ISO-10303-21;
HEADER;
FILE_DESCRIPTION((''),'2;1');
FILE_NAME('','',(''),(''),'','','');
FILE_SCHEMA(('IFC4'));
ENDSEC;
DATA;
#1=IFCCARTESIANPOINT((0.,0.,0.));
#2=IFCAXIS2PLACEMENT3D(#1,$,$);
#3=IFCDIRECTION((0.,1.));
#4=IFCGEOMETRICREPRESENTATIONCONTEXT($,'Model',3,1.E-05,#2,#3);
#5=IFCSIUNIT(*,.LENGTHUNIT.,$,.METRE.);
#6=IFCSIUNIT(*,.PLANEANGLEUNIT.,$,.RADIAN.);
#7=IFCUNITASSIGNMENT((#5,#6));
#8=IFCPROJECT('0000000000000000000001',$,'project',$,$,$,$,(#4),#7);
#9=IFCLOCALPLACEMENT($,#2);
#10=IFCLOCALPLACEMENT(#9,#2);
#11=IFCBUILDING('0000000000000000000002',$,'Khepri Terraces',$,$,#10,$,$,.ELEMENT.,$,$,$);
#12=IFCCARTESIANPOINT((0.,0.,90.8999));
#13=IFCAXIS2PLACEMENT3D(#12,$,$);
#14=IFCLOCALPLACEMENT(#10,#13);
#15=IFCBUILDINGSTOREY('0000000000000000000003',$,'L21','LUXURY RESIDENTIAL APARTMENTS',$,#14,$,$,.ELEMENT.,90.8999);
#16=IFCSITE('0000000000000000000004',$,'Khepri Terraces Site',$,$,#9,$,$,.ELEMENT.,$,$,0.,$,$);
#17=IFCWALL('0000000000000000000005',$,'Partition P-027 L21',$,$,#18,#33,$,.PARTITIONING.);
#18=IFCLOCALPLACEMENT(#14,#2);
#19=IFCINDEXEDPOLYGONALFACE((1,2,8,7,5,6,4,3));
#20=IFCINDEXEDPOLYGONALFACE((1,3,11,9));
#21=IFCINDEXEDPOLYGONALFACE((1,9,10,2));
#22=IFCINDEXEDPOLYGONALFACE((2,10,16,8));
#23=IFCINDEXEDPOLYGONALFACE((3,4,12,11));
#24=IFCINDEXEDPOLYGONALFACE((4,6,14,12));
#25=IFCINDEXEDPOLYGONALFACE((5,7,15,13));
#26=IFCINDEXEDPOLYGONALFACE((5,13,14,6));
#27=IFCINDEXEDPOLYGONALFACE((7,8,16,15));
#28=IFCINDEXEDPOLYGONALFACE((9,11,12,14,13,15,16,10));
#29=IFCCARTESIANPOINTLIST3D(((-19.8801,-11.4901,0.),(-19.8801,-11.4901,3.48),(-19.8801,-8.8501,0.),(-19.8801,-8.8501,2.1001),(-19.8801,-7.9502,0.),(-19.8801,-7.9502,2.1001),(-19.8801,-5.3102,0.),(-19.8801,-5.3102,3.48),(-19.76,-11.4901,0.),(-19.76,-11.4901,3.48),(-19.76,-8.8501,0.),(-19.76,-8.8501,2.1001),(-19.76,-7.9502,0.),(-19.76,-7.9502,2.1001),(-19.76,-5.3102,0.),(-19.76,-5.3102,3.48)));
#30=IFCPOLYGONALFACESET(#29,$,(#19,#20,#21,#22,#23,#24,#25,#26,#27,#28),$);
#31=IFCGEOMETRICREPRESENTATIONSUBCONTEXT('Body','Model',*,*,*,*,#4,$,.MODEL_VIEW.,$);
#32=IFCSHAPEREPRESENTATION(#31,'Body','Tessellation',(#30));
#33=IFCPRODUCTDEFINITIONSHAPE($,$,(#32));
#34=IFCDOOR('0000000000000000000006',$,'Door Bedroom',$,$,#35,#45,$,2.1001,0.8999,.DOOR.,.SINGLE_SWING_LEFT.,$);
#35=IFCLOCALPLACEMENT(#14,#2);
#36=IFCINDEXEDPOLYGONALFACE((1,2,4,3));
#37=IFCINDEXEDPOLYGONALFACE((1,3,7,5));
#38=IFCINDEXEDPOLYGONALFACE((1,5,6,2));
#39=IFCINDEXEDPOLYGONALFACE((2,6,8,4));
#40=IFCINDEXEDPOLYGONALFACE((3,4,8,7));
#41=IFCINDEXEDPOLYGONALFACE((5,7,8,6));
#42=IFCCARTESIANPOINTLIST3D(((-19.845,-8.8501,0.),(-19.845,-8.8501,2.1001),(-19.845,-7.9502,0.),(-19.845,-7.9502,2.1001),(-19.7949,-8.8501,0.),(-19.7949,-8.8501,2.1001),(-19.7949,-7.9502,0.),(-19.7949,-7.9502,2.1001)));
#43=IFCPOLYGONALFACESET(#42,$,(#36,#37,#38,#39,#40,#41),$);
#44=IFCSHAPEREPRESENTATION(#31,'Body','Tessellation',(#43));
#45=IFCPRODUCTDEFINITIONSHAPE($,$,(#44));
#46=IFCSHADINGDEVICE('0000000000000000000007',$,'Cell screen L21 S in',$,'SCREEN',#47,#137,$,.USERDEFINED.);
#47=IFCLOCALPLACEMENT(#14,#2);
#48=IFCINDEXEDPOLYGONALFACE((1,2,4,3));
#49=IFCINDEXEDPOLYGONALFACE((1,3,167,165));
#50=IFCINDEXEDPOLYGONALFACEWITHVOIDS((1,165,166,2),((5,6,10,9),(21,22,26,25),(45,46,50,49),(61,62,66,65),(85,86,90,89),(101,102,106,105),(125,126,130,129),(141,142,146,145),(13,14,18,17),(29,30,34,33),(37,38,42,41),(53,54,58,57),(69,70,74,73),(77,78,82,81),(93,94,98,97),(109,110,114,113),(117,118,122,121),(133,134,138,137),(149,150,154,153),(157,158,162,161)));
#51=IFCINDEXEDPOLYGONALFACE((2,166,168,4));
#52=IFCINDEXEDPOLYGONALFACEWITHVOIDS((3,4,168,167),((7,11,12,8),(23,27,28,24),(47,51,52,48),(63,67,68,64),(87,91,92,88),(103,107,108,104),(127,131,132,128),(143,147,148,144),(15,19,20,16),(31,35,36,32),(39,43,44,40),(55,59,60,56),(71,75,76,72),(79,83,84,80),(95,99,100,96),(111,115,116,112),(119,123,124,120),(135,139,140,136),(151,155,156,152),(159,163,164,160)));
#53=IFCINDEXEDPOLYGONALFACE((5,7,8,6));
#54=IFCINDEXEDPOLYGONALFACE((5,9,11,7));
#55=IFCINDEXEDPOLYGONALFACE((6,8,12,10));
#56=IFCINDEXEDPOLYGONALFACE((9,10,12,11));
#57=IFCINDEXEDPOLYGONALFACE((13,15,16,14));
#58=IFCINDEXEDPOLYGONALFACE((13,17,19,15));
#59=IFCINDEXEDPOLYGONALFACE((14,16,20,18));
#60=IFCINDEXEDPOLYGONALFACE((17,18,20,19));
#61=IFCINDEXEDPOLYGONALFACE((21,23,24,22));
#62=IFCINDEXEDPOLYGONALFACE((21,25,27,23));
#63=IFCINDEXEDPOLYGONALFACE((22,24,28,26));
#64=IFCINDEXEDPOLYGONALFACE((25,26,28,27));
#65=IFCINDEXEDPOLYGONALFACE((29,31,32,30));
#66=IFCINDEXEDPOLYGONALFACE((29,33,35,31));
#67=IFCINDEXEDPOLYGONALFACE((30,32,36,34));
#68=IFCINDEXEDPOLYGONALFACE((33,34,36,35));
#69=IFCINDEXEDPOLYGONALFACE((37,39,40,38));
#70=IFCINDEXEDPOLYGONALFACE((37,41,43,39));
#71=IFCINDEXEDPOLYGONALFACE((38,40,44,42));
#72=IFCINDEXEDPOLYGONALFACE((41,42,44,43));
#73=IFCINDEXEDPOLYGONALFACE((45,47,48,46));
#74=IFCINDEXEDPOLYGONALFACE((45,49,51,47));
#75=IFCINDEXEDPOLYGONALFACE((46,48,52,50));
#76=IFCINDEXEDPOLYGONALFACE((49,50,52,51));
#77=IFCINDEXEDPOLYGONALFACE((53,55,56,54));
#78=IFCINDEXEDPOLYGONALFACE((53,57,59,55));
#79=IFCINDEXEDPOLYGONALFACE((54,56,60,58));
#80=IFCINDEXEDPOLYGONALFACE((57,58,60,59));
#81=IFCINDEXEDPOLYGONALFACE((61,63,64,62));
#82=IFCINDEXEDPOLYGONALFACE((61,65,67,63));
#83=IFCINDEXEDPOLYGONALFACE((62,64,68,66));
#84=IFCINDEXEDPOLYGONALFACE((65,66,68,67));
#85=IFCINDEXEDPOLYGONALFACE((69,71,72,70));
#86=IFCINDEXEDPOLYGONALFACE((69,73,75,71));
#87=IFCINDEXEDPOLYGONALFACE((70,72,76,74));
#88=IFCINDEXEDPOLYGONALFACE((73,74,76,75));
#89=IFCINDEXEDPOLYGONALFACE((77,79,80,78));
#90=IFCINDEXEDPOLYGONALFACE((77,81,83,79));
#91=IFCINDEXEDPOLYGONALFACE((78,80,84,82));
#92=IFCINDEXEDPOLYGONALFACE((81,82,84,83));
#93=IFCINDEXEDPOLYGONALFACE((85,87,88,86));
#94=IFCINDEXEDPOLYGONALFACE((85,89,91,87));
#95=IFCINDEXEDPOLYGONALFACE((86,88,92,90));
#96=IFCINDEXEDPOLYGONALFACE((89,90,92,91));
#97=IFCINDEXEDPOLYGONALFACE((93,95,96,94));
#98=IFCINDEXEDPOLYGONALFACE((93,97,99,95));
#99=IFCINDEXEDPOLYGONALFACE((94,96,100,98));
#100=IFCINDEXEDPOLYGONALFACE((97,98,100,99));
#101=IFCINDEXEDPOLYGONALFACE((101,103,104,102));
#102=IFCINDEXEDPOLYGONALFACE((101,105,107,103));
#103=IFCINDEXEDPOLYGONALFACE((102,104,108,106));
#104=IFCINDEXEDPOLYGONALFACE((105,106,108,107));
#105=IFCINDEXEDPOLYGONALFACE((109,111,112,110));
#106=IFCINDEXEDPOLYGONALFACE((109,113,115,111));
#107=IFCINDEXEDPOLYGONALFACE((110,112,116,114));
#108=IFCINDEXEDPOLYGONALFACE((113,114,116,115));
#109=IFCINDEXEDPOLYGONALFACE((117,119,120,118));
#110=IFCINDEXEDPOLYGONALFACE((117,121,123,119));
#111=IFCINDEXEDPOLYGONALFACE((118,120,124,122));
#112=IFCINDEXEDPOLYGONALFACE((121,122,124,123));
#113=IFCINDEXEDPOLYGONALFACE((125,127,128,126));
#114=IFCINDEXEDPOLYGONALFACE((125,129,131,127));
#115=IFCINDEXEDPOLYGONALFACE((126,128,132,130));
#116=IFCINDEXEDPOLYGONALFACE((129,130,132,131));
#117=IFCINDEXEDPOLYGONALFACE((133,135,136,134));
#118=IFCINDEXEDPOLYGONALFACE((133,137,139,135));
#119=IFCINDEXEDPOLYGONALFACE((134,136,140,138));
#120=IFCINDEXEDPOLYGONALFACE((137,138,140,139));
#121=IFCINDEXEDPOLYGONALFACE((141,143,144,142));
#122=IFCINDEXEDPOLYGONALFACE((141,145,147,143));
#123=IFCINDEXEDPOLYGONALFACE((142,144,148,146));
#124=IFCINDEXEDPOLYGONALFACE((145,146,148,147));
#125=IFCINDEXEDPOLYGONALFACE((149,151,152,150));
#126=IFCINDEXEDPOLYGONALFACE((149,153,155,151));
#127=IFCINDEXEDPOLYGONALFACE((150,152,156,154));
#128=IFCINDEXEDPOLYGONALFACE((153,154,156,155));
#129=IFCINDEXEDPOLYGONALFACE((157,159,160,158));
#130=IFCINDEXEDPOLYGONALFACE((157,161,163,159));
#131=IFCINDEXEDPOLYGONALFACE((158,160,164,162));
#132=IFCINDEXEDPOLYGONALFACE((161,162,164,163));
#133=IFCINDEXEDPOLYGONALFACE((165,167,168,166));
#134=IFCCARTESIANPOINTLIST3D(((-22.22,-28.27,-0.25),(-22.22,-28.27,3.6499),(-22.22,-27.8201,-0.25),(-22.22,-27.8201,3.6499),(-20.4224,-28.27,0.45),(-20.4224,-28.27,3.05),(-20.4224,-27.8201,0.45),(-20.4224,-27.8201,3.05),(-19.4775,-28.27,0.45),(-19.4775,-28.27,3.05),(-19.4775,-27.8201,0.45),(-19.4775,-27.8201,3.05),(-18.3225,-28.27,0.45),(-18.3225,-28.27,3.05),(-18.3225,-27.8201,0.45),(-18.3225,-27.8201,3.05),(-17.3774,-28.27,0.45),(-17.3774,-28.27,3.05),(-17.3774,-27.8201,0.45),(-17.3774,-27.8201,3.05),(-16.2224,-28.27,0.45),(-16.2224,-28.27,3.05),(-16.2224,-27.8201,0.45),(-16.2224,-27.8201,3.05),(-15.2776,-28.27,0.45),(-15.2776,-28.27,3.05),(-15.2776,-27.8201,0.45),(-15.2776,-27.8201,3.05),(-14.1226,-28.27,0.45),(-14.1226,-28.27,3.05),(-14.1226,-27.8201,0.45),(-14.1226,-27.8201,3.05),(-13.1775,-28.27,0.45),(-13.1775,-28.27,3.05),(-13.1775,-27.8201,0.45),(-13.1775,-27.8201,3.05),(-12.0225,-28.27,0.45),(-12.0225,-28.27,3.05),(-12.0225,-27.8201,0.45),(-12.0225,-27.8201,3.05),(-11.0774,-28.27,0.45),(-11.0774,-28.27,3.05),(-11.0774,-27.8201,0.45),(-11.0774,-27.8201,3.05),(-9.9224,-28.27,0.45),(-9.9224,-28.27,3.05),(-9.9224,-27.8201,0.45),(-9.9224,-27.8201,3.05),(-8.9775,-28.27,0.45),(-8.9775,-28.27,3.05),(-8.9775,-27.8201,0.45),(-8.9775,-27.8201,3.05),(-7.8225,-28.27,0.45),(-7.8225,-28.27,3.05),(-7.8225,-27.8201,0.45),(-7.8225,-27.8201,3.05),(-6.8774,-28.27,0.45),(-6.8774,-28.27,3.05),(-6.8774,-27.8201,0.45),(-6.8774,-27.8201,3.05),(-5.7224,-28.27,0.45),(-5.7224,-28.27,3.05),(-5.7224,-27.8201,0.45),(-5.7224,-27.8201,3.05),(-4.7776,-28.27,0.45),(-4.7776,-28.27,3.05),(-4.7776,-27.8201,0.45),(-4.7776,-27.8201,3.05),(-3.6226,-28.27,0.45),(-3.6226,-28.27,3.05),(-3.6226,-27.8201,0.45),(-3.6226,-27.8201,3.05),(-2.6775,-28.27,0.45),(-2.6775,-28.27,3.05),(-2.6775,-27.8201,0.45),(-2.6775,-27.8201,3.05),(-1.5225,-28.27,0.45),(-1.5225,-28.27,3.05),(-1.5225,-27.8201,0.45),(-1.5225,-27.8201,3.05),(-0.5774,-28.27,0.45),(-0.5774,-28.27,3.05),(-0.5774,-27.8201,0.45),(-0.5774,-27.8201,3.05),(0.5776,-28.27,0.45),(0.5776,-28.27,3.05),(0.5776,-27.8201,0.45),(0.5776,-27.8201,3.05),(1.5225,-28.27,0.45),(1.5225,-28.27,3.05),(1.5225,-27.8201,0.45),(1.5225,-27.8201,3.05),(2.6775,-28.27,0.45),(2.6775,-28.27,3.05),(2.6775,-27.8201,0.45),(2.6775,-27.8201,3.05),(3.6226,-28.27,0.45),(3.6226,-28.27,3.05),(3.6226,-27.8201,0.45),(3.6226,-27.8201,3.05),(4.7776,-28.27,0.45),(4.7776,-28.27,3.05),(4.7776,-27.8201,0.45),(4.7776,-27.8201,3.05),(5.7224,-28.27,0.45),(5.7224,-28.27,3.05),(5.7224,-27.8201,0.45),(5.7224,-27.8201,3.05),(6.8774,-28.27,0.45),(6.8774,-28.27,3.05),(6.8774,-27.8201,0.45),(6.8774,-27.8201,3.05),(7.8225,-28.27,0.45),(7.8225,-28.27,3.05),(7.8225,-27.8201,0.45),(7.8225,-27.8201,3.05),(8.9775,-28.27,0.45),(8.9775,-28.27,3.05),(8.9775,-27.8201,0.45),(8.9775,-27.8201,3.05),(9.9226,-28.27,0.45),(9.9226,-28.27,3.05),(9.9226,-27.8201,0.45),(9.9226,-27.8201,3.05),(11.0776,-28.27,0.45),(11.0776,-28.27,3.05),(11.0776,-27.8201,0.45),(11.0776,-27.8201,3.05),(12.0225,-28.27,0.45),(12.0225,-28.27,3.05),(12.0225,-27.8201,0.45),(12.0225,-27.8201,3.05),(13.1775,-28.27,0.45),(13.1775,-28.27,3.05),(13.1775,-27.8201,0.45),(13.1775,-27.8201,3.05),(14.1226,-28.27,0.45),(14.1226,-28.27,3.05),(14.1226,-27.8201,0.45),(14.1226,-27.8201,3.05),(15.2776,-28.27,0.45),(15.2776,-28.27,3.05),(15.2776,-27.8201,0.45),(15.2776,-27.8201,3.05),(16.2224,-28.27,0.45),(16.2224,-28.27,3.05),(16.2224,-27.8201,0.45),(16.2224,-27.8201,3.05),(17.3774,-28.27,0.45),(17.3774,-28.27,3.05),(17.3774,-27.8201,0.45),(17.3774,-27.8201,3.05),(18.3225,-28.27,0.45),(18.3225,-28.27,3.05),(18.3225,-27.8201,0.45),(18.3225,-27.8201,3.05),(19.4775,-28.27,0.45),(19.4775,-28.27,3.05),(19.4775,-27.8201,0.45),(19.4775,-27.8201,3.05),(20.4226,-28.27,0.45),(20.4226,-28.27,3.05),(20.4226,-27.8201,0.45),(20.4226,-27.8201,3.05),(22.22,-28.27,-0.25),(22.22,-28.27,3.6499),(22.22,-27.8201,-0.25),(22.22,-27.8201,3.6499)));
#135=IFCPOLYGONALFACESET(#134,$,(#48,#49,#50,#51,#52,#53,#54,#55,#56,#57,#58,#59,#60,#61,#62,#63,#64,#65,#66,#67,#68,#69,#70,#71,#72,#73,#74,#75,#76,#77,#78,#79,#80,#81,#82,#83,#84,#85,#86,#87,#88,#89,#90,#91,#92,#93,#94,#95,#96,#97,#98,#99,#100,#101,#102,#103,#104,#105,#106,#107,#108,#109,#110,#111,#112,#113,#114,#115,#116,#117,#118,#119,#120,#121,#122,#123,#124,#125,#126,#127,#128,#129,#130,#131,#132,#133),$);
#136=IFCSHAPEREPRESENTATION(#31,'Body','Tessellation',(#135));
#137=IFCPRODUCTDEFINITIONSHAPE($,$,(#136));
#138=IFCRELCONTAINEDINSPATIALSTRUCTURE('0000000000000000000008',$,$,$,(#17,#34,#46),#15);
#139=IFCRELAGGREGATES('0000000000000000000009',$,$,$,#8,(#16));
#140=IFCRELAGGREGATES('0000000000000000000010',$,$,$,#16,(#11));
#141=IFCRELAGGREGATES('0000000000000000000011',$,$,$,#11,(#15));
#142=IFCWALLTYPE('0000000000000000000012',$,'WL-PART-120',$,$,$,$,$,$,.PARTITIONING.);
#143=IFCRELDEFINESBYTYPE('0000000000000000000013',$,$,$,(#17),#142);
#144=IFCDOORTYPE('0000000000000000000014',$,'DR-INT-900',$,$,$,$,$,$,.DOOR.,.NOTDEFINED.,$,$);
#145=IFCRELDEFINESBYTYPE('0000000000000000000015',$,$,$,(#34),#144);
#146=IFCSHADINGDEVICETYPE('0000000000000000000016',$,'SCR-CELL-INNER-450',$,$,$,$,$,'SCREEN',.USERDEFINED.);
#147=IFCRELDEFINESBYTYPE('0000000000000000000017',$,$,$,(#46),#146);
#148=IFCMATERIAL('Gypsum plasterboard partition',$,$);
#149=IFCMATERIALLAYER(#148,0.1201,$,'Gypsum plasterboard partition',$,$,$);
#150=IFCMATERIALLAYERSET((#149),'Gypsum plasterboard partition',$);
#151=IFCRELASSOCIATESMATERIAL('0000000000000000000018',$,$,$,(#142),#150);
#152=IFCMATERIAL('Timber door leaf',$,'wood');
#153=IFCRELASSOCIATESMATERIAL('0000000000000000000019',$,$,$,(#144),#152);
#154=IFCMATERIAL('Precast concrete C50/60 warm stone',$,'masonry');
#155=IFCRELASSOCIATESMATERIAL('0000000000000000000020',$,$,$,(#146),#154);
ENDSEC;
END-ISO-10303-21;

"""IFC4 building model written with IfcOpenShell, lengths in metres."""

from ifc_helpers import new_model, si_unit, direction, frame, frame_2d, origin, place, context, subcontext, project, spatial, polyline, rectangle, outline, extrude, material, layer, layer_set, type_object, element, fill, save


model = new_model("IFC4")

# Units and contexts
model_context = context("Model", 3, precision=1e-05, world=origin(), true_north=direction((0.0, 1.0)))
body_context = subcontext(model_context, "Body", "Model", "MODEL_VIEW")
ifc_project = project(units=[si_unit("LENGTHUNIT", "METRE"), si_unit("PLANEANGLEUNIT", "RADIAN")], contexts=[model_context])

# Site, building, storey
site_placement = place(None, origin())
site = spatial("IfcSite", under=ifc_project, at=site_placement, Name="Khepri Terraces Site", CompositionType="ELEMENT", RefElevation=0.0)
building_placement = place(site_placement, origin())
building = spatial("IfcBuilding", under=site, at=building_placement, Name="Khepri Terraces", CompositionType="ELEMENT")
storey_placement = place(building_placement, frame((0.0, 0.0, 90.8999)))
storey = spatial("IfcBuildingStorey", under=building, at=storey_placement, Name="L21", Description="LUXURY RESIDENTIAL APARTMENTS", CompositionType="ELEMENT", Elevation=90.8999)

# Shared definitions
ifc_material_1 = material(Name="Precast concrete C50/60 warm stone", Category="masonry")

# Shared definitions
ifc_material_2 = material(Name="Gypsum plasterboard partition")
ifc_layer_1 = layer(ifc_material_2, 0.1201, Name="Gypsum plasterboard partition")
ifc_layer_set_1 = layer_set([ifc_layer_1], Name="Gypsum plasterboard partition")
wall_type_1 = type_object("IfcWallType", Name="WL-PART-120", PredefinedType="PARTITIONING", material=ifc_layer_set_1)
ifc_material_3 = material(Name="Timber door leaf", Category="wood")
door_type_1 = type_object("IfcDoorType", Name="DR-INT-900", OperationType="NOTDEFINED", PredefinedType="DOOR", material=ifc_material_3)

# Wall, opening, door
wall_1_placement = place(storey_placement, frame((-19.8201, -11.49, 0.0), z_axis=(0.0, 0.0, 1.0), x_axis=(0.0, 1.0, 0.0)))
wall_1 = element("IfcWall", 1, at=wall_1_placement, inside=storey, type_object=wall_type_1, Name="Partition P-027 L21", PredefinedType="PARTITIONING", context=body_context, shape_type="SweptSolid", body=[
    extrude(rectangle(XDim=6.1799, YDim=0.1201, at=frame_2d((3.0898, 0.0))), origin(), (0.0, 0.0, 1.0), 3.48),
])
opening_1_placement = place(wall_1_placement, frame((2.6399, 0.0, 0.0)))
opening_1 = element("IfcOpeningElement", 2, at=opening_1_placement, cuts=wall_1, PredefinedType="OPENING", context=body_context, shape_type="SweptSolid", body=[
    extrude(rectangle(XDim=0.8999, YDim=2.1001, at=frame_2d((0.45, 1.05))), frame((0.0, 0.0701, 0.0), z_axis=(0.0, -1.0, 0.0), x_axis=(1.0, 0.0, 0.0)), (0.0, 0.0, 1.0), 0.1401),
])
door_1_placement = place(opening_1_placement, origin())
door_1 = element("IfcDoor", 3, at=door_1_placement, inside=storey, type_object=door_type_1, Name="Door Bedroom", OperationType="SINGLE_SWING_LEFT", OverallHeight=2.1001, OverallWidth=0.8999, PredefinedType="DOOR", context=body_context, shape_type="SweptSolid", body=[
    extrude(rectangle(XDim=0.8999, YDim=2.1001, at=frame_2d((0.45, 1.05))), frame((0.0, 0.0249, 0.0), z_axis=(0.0, -1.0, 0.0), x_axis=(1.0, 0.0, 0.0)), (0.0, 0.0, 1.0), 0.05),
])
fill(opening_1, door_1)

# Shading device
shading_device_type_1 = type_object("IfcShadingDeviceType", Name="SCR-CELL-INNER-450", ElementType="SCREEN", PredefinedType="USERDEFINED", material=ifc_material_1)
shading_device_1_placement = place(storey_placement, frame((-22.22, -27.8201, -0.25), z_axis=(0.0, -1.0, 0.0), x_axis=(1.0, 0.0, 0.0)))
element("IfcShadingDevice", 4, at=shading_device_1_placement, inside=storey, type_object=shading_device_type_1, Name="Cell screen L21 S in", ObjectType="SCREEN", PredefinedType="USERDEFINED", context=body_context, shape_type="SweptSolid", body=[
    extrude(outline(polyline([(0.0, 0.0), (44.4399, 0.0), (44.4399, 3.8999), (0.0, 3.8999), (0.0, 0.0)]), holes=[polyline([(1.7976, 0.7), (2.7424, 0.7), (2.7424, 3.3), (1.7976, 3.3), (1.7976, 0.7)]), polyline([(3.8975, 0.7), (4.8425, 0.7), (4.8425, 3.3), (3.8975, 3.3), (3.8975, 0.7)]), polyline([(5.9976, 0.7), (6.9424, 0.7), (6.9424, 3.3), (5.9976, 3.3), (5.9976, 0.7)]), polyline([(8.0974, 0.7), (9.0425, 0.7), (9.0425, 3.3), (8.0974, 3.3), (8.0974, 0.7)]), polyline([(10.1975, 0.7), (11.1426, 0.7), (11.1426, 3.3), (10.1975, 3.3), (10.1975, 0.7)]), polyline([(12.2976, 0.7), (13.2424, 0.7), (13.2424, 3.3), (12.2976, 3.3), (12.2976, 0.7)]), polyline([(14.3975, 0.7), (15.3425, 0.7), (15.3425, 3.3), (14.3975, 3.3), (14.3975, 0.7)]), polyline([(16.4976, 0.7), (17.4424, 0.7), (17.4424, 3.3), (16.4976, 3.3), (16.4976, 0.7)]), polyline([(18.5974, 0.7), (19.5425, 0.7), (19.5425, 3.3), (18.5974, 3.3), (18.5974, 0.7)]), polyline([(20.6975, 0.7), (21.6426, 0.7), (21.6426, 3.3), (20.6975, 3.3), (20.6975, 0.7)]), polyline([(22.7976, 0.7), (23.7424, 0.7), (23.7424, 3.3), (22.7976, 3.3), (22.7976, 0.7)]), polyline([(24.8975, 0.7), (25.8425, 0.7), (25.8425, 3.3), (24.8975, 3.3), (24.8975, 0.7)]), polyline([(26.9976, 0.7), (27.9424, 0.7), (27.9424, 3.3), (26.9976, 3.3), (26.9976, 0.7)]), polyline([(29.0974, 0.7), (30.0425, 0.7), (30.0425, 3.3), (29.0974, 3.3), (29.0974, 0.7)]), polyline([(31.1975, 0.7), (32.1426, 0.7), (32.1426, 3.3), (31.1975, 3.3), (31.1975, 0.7)]), polyline([(33.2976, 0.7), (34.2424, 0.7), (34.2424, 3.3), (33.2976, 3.3), (33.2976, 0.7)]), polyline([(35.3975, 0.7), (36.3425, 0.7), (36.3425, 3.3), (35.3975, 3.3), (35.3975, 0.7)]), polyline([(37.4976, 0.7), (38.4424, 0.7), (38.4424, 3.3), (37.4976, 3.3), (37.4976, 0.7)]), polyline([(39.5974, 0.7), (40.5425, 0.7), (40.5425, 3.3), (39.5974, 3.3), (39.5974, 0.7)]), polyline([(41.6975, 0.7), (42.6426, 0.7), (42.6426, 3.3), (41.6975, 3.3), (41.6975, 0.7)])]), origin(), (0.0, 0.0, 1.0), 0.45),
])

save(model, "model.ifc")
